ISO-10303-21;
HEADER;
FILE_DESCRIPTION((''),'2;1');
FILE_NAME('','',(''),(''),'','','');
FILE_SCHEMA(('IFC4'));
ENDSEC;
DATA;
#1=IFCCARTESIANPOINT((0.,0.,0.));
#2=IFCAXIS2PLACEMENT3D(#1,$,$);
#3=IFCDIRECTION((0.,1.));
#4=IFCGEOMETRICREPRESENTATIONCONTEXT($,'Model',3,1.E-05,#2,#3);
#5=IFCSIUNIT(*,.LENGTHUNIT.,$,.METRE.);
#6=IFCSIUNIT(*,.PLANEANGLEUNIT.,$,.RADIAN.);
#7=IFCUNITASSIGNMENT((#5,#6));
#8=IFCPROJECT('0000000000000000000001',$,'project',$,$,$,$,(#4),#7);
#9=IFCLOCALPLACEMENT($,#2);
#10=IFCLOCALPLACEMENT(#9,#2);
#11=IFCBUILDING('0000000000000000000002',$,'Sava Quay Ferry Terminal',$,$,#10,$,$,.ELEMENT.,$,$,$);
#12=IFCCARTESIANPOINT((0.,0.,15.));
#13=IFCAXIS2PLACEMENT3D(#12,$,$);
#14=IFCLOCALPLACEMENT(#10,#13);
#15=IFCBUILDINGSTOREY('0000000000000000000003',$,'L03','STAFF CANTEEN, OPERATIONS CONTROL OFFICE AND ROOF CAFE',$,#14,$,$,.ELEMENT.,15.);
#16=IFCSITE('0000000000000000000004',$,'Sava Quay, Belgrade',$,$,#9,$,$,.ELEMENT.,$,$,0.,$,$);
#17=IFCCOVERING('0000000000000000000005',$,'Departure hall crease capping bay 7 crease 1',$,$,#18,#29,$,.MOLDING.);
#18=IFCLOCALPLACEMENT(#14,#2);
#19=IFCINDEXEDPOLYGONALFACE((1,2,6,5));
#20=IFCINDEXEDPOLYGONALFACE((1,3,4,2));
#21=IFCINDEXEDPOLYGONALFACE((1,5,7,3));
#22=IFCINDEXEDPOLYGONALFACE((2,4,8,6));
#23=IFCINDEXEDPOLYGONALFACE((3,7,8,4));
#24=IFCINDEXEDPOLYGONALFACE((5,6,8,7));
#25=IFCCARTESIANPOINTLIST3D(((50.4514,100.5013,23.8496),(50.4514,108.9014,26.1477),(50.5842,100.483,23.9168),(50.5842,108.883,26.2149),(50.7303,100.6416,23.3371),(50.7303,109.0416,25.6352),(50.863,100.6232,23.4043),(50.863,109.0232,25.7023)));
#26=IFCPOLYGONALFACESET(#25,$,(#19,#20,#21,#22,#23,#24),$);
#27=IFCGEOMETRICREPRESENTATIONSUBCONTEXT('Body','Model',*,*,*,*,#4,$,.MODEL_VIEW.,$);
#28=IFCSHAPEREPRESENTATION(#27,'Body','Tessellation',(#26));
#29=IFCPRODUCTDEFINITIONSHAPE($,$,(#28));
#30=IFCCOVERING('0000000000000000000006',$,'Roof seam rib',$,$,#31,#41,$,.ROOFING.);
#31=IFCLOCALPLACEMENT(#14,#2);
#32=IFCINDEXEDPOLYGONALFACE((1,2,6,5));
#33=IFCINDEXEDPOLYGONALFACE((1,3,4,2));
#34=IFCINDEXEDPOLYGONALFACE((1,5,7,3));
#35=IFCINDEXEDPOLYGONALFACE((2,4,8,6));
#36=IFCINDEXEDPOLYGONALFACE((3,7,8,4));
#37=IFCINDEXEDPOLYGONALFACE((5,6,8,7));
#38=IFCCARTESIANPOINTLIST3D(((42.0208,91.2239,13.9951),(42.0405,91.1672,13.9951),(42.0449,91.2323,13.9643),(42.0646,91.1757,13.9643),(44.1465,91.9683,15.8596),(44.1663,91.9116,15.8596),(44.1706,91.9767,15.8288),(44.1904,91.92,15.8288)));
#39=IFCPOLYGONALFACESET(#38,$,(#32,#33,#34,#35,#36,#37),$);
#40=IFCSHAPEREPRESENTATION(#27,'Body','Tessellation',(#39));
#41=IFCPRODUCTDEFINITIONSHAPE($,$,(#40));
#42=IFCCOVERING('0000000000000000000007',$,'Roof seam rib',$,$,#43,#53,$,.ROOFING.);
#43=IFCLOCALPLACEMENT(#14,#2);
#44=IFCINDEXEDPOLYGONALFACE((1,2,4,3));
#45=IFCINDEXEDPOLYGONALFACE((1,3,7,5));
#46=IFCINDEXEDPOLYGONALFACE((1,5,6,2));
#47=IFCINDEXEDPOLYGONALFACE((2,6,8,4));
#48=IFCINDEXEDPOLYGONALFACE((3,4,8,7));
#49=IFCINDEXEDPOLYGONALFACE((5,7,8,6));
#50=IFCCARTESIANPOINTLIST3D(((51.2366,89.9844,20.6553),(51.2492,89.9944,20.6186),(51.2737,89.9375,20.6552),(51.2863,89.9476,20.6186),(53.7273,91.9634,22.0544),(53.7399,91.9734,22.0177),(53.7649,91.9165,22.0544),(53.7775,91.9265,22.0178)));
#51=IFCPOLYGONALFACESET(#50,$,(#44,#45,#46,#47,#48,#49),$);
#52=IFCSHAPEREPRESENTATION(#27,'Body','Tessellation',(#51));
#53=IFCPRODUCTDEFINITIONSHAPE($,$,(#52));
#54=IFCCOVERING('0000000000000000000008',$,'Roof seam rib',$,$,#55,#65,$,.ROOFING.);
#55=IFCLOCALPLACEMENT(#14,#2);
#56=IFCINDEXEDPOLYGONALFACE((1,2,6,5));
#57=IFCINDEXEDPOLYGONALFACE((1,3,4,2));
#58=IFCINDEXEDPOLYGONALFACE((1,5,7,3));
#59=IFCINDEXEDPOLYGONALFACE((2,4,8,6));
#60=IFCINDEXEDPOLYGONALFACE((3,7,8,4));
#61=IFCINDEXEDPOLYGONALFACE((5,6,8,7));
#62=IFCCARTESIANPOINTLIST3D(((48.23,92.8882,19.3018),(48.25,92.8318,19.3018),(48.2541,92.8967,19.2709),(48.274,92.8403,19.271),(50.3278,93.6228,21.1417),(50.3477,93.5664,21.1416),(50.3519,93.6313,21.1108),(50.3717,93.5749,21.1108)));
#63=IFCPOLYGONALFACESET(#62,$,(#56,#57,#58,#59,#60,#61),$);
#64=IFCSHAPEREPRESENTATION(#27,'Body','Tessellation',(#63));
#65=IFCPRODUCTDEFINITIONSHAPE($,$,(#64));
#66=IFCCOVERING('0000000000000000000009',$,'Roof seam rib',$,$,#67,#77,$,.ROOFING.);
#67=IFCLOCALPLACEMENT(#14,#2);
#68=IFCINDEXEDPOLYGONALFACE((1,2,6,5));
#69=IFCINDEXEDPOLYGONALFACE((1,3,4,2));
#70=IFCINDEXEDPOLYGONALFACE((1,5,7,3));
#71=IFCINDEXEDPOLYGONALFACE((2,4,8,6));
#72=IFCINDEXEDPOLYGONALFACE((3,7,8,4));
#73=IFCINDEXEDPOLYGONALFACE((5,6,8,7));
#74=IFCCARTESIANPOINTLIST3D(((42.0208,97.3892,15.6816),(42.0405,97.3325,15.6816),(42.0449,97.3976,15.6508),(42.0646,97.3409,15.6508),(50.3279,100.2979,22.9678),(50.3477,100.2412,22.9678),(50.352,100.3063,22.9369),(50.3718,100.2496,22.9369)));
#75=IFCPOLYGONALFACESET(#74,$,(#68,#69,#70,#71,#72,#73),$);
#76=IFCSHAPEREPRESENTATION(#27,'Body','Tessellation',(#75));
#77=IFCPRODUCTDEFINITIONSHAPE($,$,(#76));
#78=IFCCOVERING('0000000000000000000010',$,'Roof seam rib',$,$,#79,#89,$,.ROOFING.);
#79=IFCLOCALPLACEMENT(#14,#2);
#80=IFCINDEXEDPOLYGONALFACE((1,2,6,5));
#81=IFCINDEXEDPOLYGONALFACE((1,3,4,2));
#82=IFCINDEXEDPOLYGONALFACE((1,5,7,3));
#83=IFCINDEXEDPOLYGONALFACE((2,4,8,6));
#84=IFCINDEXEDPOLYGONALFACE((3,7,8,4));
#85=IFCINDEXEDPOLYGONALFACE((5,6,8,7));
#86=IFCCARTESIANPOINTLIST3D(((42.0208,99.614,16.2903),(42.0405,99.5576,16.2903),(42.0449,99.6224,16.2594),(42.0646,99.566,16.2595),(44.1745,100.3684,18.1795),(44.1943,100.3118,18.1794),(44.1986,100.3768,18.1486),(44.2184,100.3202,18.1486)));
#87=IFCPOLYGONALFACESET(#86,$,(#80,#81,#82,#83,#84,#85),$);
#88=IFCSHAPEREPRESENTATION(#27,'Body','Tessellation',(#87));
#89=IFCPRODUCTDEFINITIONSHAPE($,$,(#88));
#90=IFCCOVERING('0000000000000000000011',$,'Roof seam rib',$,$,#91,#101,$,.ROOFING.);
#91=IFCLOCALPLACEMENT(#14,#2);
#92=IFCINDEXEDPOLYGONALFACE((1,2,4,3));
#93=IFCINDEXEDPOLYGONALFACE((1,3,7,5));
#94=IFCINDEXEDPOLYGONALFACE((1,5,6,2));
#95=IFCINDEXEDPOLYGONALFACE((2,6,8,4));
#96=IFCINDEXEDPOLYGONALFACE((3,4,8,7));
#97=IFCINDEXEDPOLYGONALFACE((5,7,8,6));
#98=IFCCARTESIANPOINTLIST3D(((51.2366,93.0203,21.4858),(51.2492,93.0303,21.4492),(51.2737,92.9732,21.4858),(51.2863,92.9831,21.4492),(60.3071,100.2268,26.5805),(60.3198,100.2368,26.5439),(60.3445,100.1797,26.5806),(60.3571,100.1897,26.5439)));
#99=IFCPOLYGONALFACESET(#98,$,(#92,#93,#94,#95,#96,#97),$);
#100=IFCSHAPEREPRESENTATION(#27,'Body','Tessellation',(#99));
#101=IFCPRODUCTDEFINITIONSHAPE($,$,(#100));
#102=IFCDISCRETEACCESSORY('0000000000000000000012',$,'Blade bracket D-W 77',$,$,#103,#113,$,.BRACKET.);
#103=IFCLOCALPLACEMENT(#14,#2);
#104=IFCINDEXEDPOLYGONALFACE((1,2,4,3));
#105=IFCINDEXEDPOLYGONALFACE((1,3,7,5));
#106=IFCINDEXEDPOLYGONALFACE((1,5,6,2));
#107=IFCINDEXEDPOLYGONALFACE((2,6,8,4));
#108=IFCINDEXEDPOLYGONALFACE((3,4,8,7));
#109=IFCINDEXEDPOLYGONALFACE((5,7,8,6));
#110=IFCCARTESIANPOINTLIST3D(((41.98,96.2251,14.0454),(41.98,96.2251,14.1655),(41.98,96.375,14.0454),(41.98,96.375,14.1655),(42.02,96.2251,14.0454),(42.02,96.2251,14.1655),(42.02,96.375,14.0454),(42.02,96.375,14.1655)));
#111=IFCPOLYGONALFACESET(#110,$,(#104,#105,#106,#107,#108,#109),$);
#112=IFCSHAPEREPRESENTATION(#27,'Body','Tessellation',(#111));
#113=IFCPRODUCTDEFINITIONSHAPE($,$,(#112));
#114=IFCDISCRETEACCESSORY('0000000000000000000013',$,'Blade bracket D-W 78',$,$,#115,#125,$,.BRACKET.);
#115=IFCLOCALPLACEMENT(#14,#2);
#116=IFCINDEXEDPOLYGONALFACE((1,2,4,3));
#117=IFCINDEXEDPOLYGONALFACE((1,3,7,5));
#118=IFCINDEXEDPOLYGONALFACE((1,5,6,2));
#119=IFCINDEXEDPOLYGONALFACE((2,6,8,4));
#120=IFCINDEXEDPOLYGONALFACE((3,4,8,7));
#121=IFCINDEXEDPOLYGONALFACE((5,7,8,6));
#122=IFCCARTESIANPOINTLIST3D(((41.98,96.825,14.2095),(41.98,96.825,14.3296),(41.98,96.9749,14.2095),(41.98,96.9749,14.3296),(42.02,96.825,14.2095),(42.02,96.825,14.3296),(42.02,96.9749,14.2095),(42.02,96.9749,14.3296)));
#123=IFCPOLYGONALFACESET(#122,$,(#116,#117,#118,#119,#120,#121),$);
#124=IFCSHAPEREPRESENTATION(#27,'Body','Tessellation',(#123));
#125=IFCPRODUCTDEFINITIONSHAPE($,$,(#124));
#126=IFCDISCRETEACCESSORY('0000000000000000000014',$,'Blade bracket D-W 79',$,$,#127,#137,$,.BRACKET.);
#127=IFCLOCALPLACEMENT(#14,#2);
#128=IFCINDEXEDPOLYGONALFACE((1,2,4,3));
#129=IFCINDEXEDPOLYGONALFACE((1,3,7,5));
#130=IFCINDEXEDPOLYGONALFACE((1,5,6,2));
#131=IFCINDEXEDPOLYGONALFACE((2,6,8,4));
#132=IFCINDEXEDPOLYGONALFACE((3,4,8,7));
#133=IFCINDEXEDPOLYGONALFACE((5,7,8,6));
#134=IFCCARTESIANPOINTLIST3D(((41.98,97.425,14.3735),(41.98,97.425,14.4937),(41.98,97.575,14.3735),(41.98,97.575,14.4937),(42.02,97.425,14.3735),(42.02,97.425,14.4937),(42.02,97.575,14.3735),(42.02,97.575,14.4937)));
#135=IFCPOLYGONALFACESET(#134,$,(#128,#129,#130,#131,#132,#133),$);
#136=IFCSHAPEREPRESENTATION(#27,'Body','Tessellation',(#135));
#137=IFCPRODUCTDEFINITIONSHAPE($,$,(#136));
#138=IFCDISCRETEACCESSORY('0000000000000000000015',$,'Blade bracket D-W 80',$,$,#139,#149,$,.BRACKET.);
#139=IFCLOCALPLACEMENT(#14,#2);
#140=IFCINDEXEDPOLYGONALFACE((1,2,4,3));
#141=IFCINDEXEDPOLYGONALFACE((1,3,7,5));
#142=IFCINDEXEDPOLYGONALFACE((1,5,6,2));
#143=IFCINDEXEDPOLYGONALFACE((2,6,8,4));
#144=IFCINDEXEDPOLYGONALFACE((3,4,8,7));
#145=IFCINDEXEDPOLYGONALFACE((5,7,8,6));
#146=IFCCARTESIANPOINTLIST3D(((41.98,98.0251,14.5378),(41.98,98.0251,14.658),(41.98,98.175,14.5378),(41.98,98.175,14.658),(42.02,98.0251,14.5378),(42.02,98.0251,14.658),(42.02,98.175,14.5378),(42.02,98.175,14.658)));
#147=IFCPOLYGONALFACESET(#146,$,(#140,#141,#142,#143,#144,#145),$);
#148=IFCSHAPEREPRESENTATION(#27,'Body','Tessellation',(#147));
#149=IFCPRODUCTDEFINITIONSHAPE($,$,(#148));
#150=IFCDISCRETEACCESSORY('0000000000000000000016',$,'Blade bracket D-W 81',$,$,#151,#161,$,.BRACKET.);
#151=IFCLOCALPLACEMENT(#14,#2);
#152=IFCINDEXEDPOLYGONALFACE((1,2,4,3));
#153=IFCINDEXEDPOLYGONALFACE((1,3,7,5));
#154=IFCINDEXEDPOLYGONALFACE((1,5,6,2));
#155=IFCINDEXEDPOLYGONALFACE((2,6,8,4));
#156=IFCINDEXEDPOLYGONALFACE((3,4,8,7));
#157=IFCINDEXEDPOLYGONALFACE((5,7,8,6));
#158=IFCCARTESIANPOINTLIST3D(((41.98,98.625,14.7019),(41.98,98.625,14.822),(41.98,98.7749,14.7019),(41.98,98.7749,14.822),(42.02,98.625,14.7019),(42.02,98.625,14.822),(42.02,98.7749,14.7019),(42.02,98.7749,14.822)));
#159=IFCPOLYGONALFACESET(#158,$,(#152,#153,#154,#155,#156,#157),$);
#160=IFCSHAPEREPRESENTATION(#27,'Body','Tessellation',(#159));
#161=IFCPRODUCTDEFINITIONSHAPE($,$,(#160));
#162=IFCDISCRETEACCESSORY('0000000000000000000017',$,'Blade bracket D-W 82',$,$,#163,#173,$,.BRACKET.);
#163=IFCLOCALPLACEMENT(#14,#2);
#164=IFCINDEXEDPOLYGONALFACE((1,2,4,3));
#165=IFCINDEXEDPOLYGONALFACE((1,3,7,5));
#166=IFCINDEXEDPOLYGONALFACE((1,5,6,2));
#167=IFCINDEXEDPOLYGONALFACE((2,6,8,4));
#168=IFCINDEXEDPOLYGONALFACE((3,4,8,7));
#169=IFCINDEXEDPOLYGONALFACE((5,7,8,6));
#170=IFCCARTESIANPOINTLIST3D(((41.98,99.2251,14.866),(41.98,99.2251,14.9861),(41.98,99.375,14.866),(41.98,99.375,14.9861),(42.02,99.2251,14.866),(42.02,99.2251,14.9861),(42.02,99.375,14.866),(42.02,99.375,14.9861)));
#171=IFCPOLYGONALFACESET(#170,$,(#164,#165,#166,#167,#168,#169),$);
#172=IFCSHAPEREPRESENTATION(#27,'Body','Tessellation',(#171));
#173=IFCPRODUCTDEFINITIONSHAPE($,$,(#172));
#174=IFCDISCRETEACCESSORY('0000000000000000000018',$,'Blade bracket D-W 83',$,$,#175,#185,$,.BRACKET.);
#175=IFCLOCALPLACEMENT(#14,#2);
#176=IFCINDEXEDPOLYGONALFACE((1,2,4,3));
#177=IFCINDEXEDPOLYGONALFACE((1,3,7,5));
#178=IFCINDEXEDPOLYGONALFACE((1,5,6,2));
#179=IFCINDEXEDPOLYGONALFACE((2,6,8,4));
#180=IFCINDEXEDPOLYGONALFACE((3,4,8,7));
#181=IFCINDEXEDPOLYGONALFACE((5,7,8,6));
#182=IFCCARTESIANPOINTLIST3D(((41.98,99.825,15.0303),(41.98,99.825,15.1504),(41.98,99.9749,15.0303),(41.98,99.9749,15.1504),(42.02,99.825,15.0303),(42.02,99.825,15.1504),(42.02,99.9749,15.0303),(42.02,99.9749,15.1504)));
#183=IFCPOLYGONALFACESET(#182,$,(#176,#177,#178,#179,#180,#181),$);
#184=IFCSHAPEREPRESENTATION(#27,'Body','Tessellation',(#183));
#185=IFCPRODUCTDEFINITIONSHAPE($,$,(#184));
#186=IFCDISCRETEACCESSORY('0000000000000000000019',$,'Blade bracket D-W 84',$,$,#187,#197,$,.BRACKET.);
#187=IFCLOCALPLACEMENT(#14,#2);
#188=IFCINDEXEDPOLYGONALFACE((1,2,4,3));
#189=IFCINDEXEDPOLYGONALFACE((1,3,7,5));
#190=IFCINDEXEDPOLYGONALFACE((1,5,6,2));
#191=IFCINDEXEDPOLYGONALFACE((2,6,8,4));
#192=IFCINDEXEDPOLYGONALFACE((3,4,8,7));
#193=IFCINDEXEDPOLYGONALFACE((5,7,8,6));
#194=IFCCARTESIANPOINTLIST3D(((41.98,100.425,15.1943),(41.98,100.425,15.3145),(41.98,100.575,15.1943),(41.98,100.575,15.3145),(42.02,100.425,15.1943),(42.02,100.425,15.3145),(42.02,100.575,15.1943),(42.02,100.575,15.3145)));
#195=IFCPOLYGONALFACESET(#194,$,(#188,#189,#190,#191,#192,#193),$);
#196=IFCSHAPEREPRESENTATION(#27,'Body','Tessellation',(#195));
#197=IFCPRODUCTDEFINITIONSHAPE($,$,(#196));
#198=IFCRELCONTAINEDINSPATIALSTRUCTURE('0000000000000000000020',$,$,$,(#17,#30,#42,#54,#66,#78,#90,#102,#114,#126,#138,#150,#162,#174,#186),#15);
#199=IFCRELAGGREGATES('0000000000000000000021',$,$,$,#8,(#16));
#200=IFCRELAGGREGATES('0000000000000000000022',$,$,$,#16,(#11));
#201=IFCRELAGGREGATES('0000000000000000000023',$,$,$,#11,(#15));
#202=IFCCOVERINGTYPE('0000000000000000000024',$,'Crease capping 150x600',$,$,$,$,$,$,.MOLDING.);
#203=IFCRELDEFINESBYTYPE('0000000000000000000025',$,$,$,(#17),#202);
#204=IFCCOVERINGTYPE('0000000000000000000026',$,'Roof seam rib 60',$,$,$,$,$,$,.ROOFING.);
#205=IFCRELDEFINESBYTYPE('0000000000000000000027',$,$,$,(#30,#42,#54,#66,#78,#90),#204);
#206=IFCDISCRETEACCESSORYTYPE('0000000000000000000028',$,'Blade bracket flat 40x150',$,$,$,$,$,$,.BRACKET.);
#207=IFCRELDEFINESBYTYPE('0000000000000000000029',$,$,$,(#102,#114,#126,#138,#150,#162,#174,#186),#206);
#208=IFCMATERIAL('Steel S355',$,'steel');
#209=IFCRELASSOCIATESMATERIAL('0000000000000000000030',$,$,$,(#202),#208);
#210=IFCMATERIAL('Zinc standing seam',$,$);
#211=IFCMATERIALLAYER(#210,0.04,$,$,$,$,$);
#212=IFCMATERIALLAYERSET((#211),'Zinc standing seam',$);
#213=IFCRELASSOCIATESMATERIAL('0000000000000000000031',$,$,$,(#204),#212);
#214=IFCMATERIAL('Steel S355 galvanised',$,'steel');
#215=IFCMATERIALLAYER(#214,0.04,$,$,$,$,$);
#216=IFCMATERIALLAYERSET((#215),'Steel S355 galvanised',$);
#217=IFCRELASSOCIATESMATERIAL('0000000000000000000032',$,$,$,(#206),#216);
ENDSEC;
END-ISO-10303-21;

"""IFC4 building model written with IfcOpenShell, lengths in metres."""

from ifc_helpers import new_model, si_unit, direction, frame, origin, origin_2d, place, context, subcontext, project, spatial, polyline, rectangle, outline, extrude, material, layer, layer_set, material_profile, profile_set, type_object, element, save


model = new_model("IFC4")

# Units and contexts
model_context = context("Model", 3, precision=1e-05, world=origin(), true_north=direction((0.0, 1.0)))
body_context = subcontext(model_context, "Body", "Model", "MODEL_VIEW")
ifc_project = project(units=[si_unit("LENGTHUNIT", "METRE"), si_unit("PLANEANGLEUNIT", "RADIAN")], contexts=[model_context])

# Site, building, storey
site_placement = place(None, origin())
site = spatial("IfcSite", under=ifc_project, at=site_placement, Name="Sava Quay, Belgrade", CompositionType="ELEMENT", RefElevation=0.0)
building_placement = place(site_placement, origin())
building = spatial("IfcBuilding", under=site, at=building_placement, Name="Sava Quay Ferry Terminal", CompositionType="ELEMENT")
storey_placement = place(building_placement, frame((0.0, 0.0, 15.0)))
storey = spatial("IfcBuildingStorey", under=building, at=storey_placement, Name="L03", Description="STAFF CANTEEN, OPERATIONS CONTROL OFFICE AND ROOF CAFE", CompositionType="ELEMENT", Elevation=15.0)

# Coverings
ifc_material_1 = material(Name="Steel S355", Category="steel")
ifc_material_profile_1 = material_profile(ifc_material_1, rectangle(XDim=0.1499, YDim=0.6001, at=origin_2d()), Name="Cap 150 x 600")
ifc_profile_set_1 = profile_set([ifc_material_profile_1], Name="Steel S355")
covering_type_1 = type_object("IfcCoveringType", Name="Crease capping 150x600", PredefinedType="MOLDING", material=ifc_profile_set_1)
covering_1_placement = place(storey_placement, frame((50.6572, 100.5623, 23.627), z_axis=(0.0, 0.964555, 0.263881), x_axis=(-0.885499, 0.12261, -0.448172)))
element("IfcCovering", 1, at=covering_1_placement, inside=storey, type_object=covering_type_1, Name="Departure hall crease capping bay 7 crease 1", PredefinedType="MOLDING", context=body_context, shape_type="SweptSolid", body=[
    extrude(rectangle(XDim=0.1499, YDim=0.6001, at=origin_2d()), origin(), (0.0, 0.0, 1.0), 8.7087),
])
ifc_material_2 = material(Name="Zinc standing seam")
ifc_layer_1 = layer(ifc_material_2, 0.04)
ifc_layer_set_1 = layer_set([ifc_layer_1], Name="Zinc standing seam")
covering_type_2 = type_object("IfcCoveringType", Name="Roof seam rib 60", PredefinedType="ROOFING", material=ifc_layer_set_1)
covering_2_placement = place(storey_placement, frame((42.0208, 91.2239, 13.9951), z_axis=(-0.602037, -0.210194, 0.770305), x_axis=(0.727019, 0.254586, 0.637676)))
element("IfcCovering", 2, at=covering_2_placement, inside=storey, type_object=covering_type_2, Name="Roof seam rib", PredefinedType="ROOFING", context=body_context, shape_type="SweptSolid", body=[
    extrude(outline(polyline([(0.0, 0.0), (2.9239, 0.0), (2.9239, -0.06), (0.0, -0.06), (0.0, 0.0)])), origin(), (0.0, 0.0, -1.0), 0.04),
])
covering_3_placement = place(storey_placement, frame((51.2366, 89.9844, 20.6553), z_axis=(-0.314843, -0.250891, 0.915384), x_axis=(0.716696, 0.569451, 0.402582)))
element("IfcCovering", 3, at=covering_3_placement, inside=storey, type_object=covering_type_2, Name="Roof seam rib", PredefinedType="ROOFING", context=body_context, shape_type="SweptSolid", body=[
    extrude(outline(polyline([(0.0, 0.0), (3.4753, 0.0), (3.4756, -0.0601), (-0.0001, -0.0598), (0.0, 0.0)])), origin(), (0.0, 0.0, -1.0), 0.04),
])
covering_4_placement = place(storey_placement, frame((48.23, 92.8882, 19.3018), z_axis=(-0.601319, -0.212154, 0.770329), x_axis=(0.727044, 0.254588, 0.637646)))
element("IfcCovering", 4, at=covering_4_placement, inside=storey, type_object=covering_type_2, Name="Roof seam rib", PredefinedType="ROOFING", context=body_context, shape_type="SweptSolid", body=[
    extrude(outline(polyline([(0.0, 0.0), (2.8855, 0.0), (2.8855, -0.0598), (0.0002, -0.0598), (0.0, 0.0)])), origin(), (0.0, 0.0, -1.0), 0.04),
])
covering_5_placement = place(storey_placement, frame((42.0208, 97.3892, 15.6816), z_axis=(-0.602034, -0.210193, 0.770308), x_axis=(0.727029, 0.254565, 0.637672)))
element("IfcCovering", 5, at=covering_5_placement, inside=storey, type_object=covering_type_2, Name="Roof seam rib", PredefinedType="ROOFING", context=body_context, shape_type="SweptSolid", body=[
    extrude(outline(polyline([(0.0, 0.0), (11.4261, 0.0), (11.4261, -0.06), (0.0, -0.06), (0.0, 0.0)])), origin(), (0.0, 0.0, -1.0), 0.04),
])
covering_6_placement = place(storey_placement, frame((42.0208, 99.614, 16.2903), z_axis=(-0.601899, -0.2106, 0.770302), x_axis=(0.726997, 0.254639, 0.637679)))
element("IfcCovering", 6, at=covering_6_placement, inside=storey, type_object=covering_type_2, Name="Roof seam rib", PredefinedType="ROOFING", context=body_context, shape_type="SweptSolid", body=[
    extrude(outline(polyline([(0.0, 0.0), (2.9626, 0.0), (2.9625, -0.06), (0.0, -0.0598), (0.0, 0.0)])), origin(), (0.0, 0.0, -1.0), 0.04),
])
covering_7_placement = place(storey_placement, frame((51.2366, 93.0203, 21.4858), z_axis=(-0.315861, -0.249579, 0.915392), x_axis=(0.716721, 0.569434, 0.402563)))
element("IfcCovering", 7, at=covering_7_placement, inside=storey, type_object=covering_type_2, Name="Roof seam rib", PredefinedType="ROOFING", context=body_context, shape_type="SweptSolid", body=[
    extrude(outline(polyline([(0.0, 0.0), (12.6557, 0.0), (12.6556, -0.0601), (-0.0002, -0.06), (0.0, 0.0)])), origin(), (0.0, 0.0, -1.0), 0.04),
])

# Discrete accessories
ifc_material_3 = material(Name="Steel S355 galvanised", Category="steel")
ifc_layer_2 = layer(ifc_material_3, 0.04)
ifc_layer_set_2 = layer_set([ifc_layer_2], Name="Steel S355 galvanised")
discrete_accessory_type_1 = type_object("IfcDiscreteAccessoryType", Name="Blade bracket flat 40x150", PredefinedType="BRACKET", material=ifc_layer_set_2)
for number, where, z_axis, x_axis, name in (
    (8, (42.0, 96.3, 14.0454), (0.0, 0.0, 1.0), (1.0, 0.0, 0.0), "Blade bracket D-W 77"),
    (9, (42.0, 96.8999, 14.2095), (0.0, 0.0, 1.0), (1.0, 0.0, 0.0), "Blade bracket D-W 78"),
    (10, (42.0, 97.5, 14.3735), (0.0, 0.0, 1.0), (1.0, 0.0, 0.0), "Blade bracket D-W 79"),
    (11, (42.0, 98.1001, 14.5378), (0.0, 0.0, 1.0), (1.0, 0.0, 0.0), "Blade bracket D-W 80"),
    (12, (42.0, 98.7, 14.7019), (0.0, 0.0, 1.0), (1.0, 0.0, 0.0), "Blade bracket D-W 81"),
    (13, (42.0, 99.3, 14.866), (0.0, 0.0, 1.0), (1.0, 0.0, 0.0), "Blade bracket D-W 82"),
    (14, (42.0, 99.8999, 15.0303), (0.0, 0.0, 1.0), (1.0, 0.0, 0.0), "Blade bracket D-W 83"),
    (15, (42.0, 100.5, 15.1943), (0.0, 0.0, 1.0), (1.0, 0.0, 0.0), "Blade bracket D-W 84"),
):
    element("IfcDiscreteAccessory", number, at=place(storey_placement, frame(where, z_axis=z_axis, x_axis=x_axis)), inside=storey, type_object=discrete_accessory_type_1, Name=name, PredefinedType="BRACKET", context=body_context, shape_type="SweptSolid", body=[
        extrude(rectangle(XDim=0.04, YDim=0.1499, at=origin_2d()), origin(), (0.0, 0.0, 1.0), 0.1201),
    ])

save(model, "model.ifc")
